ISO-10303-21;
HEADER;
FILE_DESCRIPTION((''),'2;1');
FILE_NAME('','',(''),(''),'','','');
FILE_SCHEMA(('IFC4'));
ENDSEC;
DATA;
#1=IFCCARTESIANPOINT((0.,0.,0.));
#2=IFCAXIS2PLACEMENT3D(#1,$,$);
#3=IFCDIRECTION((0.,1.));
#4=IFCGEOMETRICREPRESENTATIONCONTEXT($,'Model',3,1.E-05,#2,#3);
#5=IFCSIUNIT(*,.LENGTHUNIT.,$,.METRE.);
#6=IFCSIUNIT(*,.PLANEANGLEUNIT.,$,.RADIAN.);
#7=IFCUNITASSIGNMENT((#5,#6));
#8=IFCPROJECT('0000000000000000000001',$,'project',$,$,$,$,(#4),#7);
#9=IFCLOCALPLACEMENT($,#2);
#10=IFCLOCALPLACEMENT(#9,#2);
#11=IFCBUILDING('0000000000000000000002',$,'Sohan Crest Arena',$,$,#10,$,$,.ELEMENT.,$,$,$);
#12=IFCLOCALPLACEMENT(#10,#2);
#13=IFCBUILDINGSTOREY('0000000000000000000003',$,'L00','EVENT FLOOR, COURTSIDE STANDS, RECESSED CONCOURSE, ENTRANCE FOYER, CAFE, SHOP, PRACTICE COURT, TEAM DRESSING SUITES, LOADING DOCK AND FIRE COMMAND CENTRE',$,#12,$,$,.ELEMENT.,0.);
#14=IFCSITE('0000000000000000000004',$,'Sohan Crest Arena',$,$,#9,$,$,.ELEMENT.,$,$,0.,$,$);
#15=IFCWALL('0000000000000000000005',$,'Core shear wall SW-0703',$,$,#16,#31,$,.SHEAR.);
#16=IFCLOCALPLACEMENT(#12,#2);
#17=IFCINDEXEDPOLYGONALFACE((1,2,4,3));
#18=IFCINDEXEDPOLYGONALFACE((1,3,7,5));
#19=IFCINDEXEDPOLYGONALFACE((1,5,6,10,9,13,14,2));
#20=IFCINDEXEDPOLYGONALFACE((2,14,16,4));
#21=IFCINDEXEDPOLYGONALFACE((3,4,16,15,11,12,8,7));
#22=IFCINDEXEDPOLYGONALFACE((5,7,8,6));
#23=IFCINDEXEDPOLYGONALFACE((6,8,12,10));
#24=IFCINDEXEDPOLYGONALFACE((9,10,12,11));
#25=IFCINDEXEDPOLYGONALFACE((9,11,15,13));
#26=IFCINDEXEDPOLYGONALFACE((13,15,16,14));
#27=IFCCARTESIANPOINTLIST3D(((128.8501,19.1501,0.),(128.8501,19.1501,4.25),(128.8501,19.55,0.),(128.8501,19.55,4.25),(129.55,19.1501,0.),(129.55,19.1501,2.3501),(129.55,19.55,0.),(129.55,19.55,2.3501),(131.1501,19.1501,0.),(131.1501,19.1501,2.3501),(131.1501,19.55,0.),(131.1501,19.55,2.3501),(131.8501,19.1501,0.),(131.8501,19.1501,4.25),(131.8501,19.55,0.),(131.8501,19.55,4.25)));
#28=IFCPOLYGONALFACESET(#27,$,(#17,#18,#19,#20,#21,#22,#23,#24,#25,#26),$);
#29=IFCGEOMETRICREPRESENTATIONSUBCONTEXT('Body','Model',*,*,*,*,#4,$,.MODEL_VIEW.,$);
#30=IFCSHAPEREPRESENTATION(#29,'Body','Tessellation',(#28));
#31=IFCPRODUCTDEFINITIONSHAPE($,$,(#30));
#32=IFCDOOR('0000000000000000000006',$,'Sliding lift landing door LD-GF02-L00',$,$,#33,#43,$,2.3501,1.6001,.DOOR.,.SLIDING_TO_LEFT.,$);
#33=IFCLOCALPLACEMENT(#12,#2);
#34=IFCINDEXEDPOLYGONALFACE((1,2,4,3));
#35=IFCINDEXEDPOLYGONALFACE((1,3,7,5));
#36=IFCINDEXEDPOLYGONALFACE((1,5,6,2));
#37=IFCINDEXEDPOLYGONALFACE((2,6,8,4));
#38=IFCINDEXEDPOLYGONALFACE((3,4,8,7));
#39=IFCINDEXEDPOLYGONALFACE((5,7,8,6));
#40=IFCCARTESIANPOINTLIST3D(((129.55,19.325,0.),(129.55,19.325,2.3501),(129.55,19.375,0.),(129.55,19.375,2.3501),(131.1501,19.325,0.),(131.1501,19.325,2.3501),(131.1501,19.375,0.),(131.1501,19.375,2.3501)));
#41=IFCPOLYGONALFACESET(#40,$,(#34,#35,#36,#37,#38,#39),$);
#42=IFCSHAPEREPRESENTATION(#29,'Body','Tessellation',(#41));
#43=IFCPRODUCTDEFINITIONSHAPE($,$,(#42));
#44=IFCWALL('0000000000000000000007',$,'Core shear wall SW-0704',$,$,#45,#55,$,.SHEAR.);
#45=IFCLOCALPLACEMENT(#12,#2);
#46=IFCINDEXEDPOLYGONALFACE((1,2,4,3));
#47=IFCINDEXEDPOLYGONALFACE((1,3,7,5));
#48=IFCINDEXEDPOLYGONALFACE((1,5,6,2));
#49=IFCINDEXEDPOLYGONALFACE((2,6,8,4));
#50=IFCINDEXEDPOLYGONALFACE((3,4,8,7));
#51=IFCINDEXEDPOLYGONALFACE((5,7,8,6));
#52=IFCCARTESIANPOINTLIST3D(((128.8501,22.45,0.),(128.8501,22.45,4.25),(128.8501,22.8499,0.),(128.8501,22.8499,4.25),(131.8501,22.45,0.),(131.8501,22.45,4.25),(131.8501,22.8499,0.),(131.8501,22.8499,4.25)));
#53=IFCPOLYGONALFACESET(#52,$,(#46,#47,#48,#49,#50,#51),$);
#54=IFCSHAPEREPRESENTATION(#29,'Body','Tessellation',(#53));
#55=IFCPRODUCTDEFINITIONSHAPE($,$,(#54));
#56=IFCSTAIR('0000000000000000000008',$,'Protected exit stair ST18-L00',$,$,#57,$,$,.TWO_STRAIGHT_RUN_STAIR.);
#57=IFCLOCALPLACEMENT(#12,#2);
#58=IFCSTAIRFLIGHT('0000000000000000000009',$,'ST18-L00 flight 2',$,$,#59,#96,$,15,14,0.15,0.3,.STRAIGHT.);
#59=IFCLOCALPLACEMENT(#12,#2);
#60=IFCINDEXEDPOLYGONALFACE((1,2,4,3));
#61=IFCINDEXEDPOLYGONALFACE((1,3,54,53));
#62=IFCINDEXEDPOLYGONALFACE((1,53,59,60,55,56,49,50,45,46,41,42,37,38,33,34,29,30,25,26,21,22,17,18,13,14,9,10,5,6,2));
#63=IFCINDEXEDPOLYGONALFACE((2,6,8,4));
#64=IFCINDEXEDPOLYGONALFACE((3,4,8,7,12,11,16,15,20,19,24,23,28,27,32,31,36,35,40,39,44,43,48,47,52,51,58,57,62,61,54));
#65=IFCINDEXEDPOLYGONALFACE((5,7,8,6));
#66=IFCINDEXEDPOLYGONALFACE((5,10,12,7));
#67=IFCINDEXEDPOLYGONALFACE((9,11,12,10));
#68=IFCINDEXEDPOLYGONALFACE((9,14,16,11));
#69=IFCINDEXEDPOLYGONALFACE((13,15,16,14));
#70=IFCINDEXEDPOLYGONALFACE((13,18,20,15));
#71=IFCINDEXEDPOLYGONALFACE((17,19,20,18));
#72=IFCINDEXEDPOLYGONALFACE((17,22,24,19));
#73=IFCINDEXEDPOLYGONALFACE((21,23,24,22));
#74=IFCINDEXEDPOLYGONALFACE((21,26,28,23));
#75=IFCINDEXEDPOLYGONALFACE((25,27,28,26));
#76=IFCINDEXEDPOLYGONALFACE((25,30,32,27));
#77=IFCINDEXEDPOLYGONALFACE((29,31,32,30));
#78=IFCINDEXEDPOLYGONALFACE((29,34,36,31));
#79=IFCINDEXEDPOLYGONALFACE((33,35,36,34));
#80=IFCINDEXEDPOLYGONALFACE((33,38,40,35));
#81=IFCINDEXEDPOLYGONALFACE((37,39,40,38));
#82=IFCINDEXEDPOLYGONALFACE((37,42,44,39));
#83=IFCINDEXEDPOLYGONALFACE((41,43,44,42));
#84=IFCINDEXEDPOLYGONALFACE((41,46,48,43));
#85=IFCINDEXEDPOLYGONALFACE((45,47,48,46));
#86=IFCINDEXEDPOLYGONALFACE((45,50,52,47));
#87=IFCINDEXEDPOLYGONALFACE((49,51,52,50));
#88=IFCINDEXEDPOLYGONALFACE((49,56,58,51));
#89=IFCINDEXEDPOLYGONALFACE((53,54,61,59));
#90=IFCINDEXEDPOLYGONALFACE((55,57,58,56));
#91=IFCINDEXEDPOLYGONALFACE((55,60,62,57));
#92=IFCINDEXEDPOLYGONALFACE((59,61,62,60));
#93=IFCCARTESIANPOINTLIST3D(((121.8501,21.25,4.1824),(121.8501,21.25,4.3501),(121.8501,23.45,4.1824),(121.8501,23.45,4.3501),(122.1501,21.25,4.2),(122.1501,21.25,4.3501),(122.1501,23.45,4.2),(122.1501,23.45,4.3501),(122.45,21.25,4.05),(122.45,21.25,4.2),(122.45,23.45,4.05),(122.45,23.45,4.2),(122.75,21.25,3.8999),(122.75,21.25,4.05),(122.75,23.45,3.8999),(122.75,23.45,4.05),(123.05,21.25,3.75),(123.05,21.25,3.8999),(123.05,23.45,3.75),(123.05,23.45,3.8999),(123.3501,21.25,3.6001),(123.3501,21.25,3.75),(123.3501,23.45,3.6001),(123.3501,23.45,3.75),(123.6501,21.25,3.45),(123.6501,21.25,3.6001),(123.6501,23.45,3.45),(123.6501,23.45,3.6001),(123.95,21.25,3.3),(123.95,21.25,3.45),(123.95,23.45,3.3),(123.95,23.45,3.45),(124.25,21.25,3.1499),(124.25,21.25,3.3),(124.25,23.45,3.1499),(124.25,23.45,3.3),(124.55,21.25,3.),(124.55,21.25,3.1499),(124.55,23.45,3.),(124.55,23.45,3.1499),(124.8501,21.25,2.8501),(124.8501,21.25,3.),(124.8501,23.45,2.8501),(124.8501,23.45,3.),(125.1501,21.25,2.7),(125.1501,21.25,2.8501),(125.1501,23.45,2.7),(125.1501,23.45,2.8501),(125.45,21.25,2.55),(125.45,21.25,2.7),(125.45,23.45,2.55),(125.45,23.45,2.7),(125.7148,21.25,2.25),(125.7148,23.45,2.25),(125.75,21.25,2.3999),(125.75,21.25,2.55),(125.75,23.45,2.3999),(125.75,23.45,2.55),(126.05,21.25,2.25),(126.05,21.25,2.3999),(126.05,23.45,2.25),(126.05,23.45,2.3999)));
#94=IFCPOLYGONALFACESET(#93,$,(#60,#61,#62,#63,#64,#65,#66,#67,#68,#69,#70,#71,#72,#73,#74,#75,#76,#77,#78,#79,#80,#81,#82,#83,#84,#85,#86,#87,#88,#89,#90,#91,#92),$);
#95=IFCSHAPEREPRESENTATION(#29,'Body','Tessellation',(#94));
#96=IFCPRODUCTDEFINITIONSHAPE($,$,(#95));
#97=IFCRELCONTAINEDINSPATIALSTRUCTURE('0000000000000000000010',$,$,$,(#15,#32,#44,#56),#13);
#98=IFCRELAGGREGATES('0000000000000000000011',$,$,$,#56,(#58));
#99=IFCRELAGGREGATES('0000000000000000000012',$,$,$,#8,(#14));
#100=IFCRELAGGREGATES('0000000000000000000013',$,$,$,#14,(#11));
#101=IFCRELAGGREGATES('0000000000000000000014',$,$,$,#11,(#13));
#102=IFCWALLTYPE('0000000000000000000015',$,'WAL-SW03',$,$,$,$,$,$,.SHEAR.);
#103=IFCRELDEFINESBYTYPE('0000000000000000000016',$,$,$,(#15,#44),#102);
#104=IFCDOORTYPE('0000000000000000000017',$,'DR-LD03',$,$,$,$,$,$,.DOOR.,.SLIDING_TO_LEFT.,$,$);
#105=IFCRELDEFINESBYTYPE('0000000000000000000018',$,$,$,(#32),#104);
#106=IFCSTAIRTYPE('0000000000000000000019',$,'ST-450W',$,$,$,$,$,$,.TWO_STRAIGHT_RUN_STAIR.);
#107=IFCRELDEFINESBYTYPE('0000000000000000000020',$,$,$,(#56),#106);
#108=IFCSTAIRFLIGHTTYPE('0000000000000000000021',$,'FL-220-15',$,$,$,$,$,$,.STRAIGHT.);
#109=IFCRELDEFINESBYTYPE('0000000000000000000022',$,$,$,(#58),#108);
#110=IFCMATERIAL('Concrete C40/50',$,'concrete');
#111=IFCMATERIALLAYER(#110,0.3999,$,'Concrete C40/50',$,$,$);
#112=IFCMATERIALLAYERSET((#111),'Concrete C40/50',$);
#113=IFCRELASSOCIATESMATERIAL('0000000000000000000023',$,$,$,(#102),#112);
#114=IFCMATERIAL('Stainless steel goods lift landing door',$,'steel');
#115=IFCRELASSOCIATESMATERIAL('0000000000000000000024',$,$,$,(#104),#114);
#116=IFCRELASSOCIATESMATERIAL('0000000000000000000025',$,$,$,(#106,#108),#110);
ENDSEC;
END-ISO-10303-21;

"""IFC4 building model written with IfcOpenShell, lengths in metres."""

from ifc_helpers import new_model, si_unit, direction, frame, frame_2d, origin, place, context, subcontext, project, spatial, polyline, rectangle, outline, extrude, material, layer, layer_set, type_object, element, fill, aggregate, save


model = new_model("IFC4")

# Units and contexts
model_context = context("Model", 3, precision=1e-05, world=origin(), true_north=direction((0.0, 1.0)))
body_context = subcontext(model_context, "Body", "Model", "MODEL_VIEW")
ifc_project = project(units=[si_unit("LENGTHUNIT", "METRE"), si_unit("PLANEANGLEUNIT", "RADIAN")], contexts=[model_context])

# Site, building, storey
site_placement = place(None, origin())
site = spatial("IfcSite", under=ifc_project, at=site_placement, Name="Sohan Crest Arena", CompositionType="ELEMENT", RefElevation=0.0)
building_placement = place(site_placement, origin())
building = spatial("IfcBuilding", under=site, at=building_placement, Name="Sohan Crest Arena", CompositionType="ELEMENT")
storey_placement = place(building_placement, origin())
storey = spatial("IfcBuildingStorey", under=building, at=storey_placement, Name="L00", Description="EVENT FLOOR, COURTSIDE STANDS, RECESSED CONCOURSE, ENTRANCE FOYER, CAFE, SHOP, PRACTICE COURT, TEAM DRESSING SUITES, LOADING DOCK AND FIRE COMMAND CENTRE", CompositionType="ELEMENT", Elevation=0.0)

# Shared definitions
ifc_material_1 = material(Name="Concrete C40/50", Category="concrete")
ifc_layer_1 = layer(ifc_material_1, 0.3999, Name="Concrete C40/50")
ifc_layer_set_1 = layer_set([ifc_layer_1], Name="Concrete C40/50")
wall_type_1 = type_object("IfcWallType", Name="WAL-SW03", PredefinedType="SHEAR", material=ifc_layer_set_1)

# Wall, opening, door
wall_1_placement = place(storey_placement, frame((128.8501, 19.3501, 0.0), z_axis=(0.0, 0.0, 1.0), x_axis=(1.0, 0.0, 0.0)))
wall_1 = element("IfcWall", 1, at=wall_1_placement, inside=storey, type_object=wall_type_1, Name="Core shear wall SW-0703", PredefinedType="SHEAR", context=body_context, shape_type="SweptSolid", body=[
    extrude(rectangle(XDim=3.0, YDim=0.3999, at=frame_2d((1.5, 0.0))), origin(), (0.0, 0.0, 1.0), 4.25),
])
opening_1_placement = place(wall_1_placement, frame((0.7, 0.0, 0.0)))
opening_1 = element("IfcOpeningElement", 2, at=opening_1_placement, cuts=wall_1, PredefinedType="OPENING", context=body_context, shape_type="SweptSolid", body=[
    extrude(rectangle(XDim=1.6001, YDim=2.3501, at=frame_2d((0.8, 1.175))), frame((0.0, 0.21, 0.0), z_axis=(0.0, -1.0, 0.0), x_axis=(1.0, 0.0, 0.0)), (0.0, 0.0, 1.0), 0.4199),
])
ifc_material_2 = material(Name="Stainless steel goods lift landing door", Category="steel")
door_type_1 = type_object("IfcDoorType", Name="DR-LD03", OperationType="SLIDING_TO_LEFT", PredefinedType="DOOR", material=ifc_material_2)
door_1_placement = place(opening_1_placement, origin())
door_1 = element("IfcDoor", 3, at=door_1_placement, inside=storey, type_object=door_type_1, Name="Sliding lift landing door LD-GF02-L00", OperationType="SLIDING_TO_LEFT", OverallHeight=2.3501, OverallWidth=1.6001, PredefinedType="DOOR", context=body_context, shape_type="SweptSolid", body=[
    extrude(rectangle(XDim=1.6001, YDim=2.3501, at=frame_2d((0.8, 1.175))), frame((0.0, 0.0249, 0.0), z_axis=(0.0, -1.0, 0.0), x_axis=(1.0, 0.0, 0.0)), (0.0, 0.0, 1.0), 0.05),
])
fill(opening_1, door_1)

# Wall
wall_2_placement = place(storey_placement, frame((128.8501, 22.6499, 0.0), z_axis=(0.0, 0.0, 1.0), x_axis=(1.0, 0.0, 0.0)))
element("IfcWall", 4, at=wall_2_placement, inside=storey, type_object=wall_type_1, Name="Core shear wall SW-0704", PredefinedType="SHEAR", context=body_context, shape_type="SweptSolid", body=[
    extrude(rectangle(XDim=3.0, YDim=0.3999, at=frame_2d((1.5, 0.0))), origin(), (0.0, 0.0, 1.0), 4.25),
])

# Stair, stair flight
stair_type = type_object("IfcStairType", Name="ST-450W", PredefinedType="TWO_STRAIGHT_RUN_STAIR", material=ifc_material_1)
stair_placement = place(storey_placement, origin())
stair = element("IfcStair", 5, at=stair_placement, inside=storey, type_object=stair_type, Name="Protected exit stair ST18-L00", PredefinedType="TWO_STRAIGHT_RUN_STAIR")
stair_flight_type = type_object("IfcStairFlightType", Name="FL-220-15", PredefinedType="STRAIGHT", material=ifc_material_1)
stair_flight_placement = place(storey_placement, frame((126.05, 22.3501, 2.25), z_axis=(0.0, 0.0, 1.0), x_axis=(-1.0, 0.0, 0.0)))
stair_flight = element("IfcStairFlight", 6, at=stair_flight_placement, type_object=stair_flight_type, Name="ST18-L00 flight 2", NumberOfRisers=15, NumberOfTreads=14, PredefinedType="STRAIGHT", RiserHeight=0.15, TreadLength=0.3, context=body_context, shape_type="SweptSolid", body=[
    extrude(outline(polyline([(0.0, 0.0), (0.0, 0.1499), (0.3, 0.1499), (0.3, 0.3), (0.6001, 0.3), (0.6001, 0.45), (0.8999, 0.45), (0.8999, 0.6001), (1.2, 0.6001), (1.2, 0.75), (1.5, 0.75), (1.5, 0.8999), (1.8, 0.8999), (1.8, 1.05), (2.1001, 1.05), (2.1001, 1.2), (2.3999, 1.2), (2.3999, 1.3501), (2.7, 1.3501), (2.7, 1.5), (3.0, 1.5), (3.0, 1.6499), (3.3, 1.6499), (3.3, 1.8), (3.6001, 1.8), (3.6001, 1.95), (3.8999, 1.95), (3.8999, 2.1001), (4.2, 2.1001), (4.2, 2.25), (4.2, 1.9324), (0.3352, 0.0), (0.0, 0.0)])), frame((0.0, 1.1001, 0.0), z_axis=(0.0, -1.0, 0.0), x_axis=(1.0, 0.0, 0.0)), (0.0, 0.0, 1.0), 2.2),
])
aggregate(stair, [stair_flight])

save(model, "model.ifc")
